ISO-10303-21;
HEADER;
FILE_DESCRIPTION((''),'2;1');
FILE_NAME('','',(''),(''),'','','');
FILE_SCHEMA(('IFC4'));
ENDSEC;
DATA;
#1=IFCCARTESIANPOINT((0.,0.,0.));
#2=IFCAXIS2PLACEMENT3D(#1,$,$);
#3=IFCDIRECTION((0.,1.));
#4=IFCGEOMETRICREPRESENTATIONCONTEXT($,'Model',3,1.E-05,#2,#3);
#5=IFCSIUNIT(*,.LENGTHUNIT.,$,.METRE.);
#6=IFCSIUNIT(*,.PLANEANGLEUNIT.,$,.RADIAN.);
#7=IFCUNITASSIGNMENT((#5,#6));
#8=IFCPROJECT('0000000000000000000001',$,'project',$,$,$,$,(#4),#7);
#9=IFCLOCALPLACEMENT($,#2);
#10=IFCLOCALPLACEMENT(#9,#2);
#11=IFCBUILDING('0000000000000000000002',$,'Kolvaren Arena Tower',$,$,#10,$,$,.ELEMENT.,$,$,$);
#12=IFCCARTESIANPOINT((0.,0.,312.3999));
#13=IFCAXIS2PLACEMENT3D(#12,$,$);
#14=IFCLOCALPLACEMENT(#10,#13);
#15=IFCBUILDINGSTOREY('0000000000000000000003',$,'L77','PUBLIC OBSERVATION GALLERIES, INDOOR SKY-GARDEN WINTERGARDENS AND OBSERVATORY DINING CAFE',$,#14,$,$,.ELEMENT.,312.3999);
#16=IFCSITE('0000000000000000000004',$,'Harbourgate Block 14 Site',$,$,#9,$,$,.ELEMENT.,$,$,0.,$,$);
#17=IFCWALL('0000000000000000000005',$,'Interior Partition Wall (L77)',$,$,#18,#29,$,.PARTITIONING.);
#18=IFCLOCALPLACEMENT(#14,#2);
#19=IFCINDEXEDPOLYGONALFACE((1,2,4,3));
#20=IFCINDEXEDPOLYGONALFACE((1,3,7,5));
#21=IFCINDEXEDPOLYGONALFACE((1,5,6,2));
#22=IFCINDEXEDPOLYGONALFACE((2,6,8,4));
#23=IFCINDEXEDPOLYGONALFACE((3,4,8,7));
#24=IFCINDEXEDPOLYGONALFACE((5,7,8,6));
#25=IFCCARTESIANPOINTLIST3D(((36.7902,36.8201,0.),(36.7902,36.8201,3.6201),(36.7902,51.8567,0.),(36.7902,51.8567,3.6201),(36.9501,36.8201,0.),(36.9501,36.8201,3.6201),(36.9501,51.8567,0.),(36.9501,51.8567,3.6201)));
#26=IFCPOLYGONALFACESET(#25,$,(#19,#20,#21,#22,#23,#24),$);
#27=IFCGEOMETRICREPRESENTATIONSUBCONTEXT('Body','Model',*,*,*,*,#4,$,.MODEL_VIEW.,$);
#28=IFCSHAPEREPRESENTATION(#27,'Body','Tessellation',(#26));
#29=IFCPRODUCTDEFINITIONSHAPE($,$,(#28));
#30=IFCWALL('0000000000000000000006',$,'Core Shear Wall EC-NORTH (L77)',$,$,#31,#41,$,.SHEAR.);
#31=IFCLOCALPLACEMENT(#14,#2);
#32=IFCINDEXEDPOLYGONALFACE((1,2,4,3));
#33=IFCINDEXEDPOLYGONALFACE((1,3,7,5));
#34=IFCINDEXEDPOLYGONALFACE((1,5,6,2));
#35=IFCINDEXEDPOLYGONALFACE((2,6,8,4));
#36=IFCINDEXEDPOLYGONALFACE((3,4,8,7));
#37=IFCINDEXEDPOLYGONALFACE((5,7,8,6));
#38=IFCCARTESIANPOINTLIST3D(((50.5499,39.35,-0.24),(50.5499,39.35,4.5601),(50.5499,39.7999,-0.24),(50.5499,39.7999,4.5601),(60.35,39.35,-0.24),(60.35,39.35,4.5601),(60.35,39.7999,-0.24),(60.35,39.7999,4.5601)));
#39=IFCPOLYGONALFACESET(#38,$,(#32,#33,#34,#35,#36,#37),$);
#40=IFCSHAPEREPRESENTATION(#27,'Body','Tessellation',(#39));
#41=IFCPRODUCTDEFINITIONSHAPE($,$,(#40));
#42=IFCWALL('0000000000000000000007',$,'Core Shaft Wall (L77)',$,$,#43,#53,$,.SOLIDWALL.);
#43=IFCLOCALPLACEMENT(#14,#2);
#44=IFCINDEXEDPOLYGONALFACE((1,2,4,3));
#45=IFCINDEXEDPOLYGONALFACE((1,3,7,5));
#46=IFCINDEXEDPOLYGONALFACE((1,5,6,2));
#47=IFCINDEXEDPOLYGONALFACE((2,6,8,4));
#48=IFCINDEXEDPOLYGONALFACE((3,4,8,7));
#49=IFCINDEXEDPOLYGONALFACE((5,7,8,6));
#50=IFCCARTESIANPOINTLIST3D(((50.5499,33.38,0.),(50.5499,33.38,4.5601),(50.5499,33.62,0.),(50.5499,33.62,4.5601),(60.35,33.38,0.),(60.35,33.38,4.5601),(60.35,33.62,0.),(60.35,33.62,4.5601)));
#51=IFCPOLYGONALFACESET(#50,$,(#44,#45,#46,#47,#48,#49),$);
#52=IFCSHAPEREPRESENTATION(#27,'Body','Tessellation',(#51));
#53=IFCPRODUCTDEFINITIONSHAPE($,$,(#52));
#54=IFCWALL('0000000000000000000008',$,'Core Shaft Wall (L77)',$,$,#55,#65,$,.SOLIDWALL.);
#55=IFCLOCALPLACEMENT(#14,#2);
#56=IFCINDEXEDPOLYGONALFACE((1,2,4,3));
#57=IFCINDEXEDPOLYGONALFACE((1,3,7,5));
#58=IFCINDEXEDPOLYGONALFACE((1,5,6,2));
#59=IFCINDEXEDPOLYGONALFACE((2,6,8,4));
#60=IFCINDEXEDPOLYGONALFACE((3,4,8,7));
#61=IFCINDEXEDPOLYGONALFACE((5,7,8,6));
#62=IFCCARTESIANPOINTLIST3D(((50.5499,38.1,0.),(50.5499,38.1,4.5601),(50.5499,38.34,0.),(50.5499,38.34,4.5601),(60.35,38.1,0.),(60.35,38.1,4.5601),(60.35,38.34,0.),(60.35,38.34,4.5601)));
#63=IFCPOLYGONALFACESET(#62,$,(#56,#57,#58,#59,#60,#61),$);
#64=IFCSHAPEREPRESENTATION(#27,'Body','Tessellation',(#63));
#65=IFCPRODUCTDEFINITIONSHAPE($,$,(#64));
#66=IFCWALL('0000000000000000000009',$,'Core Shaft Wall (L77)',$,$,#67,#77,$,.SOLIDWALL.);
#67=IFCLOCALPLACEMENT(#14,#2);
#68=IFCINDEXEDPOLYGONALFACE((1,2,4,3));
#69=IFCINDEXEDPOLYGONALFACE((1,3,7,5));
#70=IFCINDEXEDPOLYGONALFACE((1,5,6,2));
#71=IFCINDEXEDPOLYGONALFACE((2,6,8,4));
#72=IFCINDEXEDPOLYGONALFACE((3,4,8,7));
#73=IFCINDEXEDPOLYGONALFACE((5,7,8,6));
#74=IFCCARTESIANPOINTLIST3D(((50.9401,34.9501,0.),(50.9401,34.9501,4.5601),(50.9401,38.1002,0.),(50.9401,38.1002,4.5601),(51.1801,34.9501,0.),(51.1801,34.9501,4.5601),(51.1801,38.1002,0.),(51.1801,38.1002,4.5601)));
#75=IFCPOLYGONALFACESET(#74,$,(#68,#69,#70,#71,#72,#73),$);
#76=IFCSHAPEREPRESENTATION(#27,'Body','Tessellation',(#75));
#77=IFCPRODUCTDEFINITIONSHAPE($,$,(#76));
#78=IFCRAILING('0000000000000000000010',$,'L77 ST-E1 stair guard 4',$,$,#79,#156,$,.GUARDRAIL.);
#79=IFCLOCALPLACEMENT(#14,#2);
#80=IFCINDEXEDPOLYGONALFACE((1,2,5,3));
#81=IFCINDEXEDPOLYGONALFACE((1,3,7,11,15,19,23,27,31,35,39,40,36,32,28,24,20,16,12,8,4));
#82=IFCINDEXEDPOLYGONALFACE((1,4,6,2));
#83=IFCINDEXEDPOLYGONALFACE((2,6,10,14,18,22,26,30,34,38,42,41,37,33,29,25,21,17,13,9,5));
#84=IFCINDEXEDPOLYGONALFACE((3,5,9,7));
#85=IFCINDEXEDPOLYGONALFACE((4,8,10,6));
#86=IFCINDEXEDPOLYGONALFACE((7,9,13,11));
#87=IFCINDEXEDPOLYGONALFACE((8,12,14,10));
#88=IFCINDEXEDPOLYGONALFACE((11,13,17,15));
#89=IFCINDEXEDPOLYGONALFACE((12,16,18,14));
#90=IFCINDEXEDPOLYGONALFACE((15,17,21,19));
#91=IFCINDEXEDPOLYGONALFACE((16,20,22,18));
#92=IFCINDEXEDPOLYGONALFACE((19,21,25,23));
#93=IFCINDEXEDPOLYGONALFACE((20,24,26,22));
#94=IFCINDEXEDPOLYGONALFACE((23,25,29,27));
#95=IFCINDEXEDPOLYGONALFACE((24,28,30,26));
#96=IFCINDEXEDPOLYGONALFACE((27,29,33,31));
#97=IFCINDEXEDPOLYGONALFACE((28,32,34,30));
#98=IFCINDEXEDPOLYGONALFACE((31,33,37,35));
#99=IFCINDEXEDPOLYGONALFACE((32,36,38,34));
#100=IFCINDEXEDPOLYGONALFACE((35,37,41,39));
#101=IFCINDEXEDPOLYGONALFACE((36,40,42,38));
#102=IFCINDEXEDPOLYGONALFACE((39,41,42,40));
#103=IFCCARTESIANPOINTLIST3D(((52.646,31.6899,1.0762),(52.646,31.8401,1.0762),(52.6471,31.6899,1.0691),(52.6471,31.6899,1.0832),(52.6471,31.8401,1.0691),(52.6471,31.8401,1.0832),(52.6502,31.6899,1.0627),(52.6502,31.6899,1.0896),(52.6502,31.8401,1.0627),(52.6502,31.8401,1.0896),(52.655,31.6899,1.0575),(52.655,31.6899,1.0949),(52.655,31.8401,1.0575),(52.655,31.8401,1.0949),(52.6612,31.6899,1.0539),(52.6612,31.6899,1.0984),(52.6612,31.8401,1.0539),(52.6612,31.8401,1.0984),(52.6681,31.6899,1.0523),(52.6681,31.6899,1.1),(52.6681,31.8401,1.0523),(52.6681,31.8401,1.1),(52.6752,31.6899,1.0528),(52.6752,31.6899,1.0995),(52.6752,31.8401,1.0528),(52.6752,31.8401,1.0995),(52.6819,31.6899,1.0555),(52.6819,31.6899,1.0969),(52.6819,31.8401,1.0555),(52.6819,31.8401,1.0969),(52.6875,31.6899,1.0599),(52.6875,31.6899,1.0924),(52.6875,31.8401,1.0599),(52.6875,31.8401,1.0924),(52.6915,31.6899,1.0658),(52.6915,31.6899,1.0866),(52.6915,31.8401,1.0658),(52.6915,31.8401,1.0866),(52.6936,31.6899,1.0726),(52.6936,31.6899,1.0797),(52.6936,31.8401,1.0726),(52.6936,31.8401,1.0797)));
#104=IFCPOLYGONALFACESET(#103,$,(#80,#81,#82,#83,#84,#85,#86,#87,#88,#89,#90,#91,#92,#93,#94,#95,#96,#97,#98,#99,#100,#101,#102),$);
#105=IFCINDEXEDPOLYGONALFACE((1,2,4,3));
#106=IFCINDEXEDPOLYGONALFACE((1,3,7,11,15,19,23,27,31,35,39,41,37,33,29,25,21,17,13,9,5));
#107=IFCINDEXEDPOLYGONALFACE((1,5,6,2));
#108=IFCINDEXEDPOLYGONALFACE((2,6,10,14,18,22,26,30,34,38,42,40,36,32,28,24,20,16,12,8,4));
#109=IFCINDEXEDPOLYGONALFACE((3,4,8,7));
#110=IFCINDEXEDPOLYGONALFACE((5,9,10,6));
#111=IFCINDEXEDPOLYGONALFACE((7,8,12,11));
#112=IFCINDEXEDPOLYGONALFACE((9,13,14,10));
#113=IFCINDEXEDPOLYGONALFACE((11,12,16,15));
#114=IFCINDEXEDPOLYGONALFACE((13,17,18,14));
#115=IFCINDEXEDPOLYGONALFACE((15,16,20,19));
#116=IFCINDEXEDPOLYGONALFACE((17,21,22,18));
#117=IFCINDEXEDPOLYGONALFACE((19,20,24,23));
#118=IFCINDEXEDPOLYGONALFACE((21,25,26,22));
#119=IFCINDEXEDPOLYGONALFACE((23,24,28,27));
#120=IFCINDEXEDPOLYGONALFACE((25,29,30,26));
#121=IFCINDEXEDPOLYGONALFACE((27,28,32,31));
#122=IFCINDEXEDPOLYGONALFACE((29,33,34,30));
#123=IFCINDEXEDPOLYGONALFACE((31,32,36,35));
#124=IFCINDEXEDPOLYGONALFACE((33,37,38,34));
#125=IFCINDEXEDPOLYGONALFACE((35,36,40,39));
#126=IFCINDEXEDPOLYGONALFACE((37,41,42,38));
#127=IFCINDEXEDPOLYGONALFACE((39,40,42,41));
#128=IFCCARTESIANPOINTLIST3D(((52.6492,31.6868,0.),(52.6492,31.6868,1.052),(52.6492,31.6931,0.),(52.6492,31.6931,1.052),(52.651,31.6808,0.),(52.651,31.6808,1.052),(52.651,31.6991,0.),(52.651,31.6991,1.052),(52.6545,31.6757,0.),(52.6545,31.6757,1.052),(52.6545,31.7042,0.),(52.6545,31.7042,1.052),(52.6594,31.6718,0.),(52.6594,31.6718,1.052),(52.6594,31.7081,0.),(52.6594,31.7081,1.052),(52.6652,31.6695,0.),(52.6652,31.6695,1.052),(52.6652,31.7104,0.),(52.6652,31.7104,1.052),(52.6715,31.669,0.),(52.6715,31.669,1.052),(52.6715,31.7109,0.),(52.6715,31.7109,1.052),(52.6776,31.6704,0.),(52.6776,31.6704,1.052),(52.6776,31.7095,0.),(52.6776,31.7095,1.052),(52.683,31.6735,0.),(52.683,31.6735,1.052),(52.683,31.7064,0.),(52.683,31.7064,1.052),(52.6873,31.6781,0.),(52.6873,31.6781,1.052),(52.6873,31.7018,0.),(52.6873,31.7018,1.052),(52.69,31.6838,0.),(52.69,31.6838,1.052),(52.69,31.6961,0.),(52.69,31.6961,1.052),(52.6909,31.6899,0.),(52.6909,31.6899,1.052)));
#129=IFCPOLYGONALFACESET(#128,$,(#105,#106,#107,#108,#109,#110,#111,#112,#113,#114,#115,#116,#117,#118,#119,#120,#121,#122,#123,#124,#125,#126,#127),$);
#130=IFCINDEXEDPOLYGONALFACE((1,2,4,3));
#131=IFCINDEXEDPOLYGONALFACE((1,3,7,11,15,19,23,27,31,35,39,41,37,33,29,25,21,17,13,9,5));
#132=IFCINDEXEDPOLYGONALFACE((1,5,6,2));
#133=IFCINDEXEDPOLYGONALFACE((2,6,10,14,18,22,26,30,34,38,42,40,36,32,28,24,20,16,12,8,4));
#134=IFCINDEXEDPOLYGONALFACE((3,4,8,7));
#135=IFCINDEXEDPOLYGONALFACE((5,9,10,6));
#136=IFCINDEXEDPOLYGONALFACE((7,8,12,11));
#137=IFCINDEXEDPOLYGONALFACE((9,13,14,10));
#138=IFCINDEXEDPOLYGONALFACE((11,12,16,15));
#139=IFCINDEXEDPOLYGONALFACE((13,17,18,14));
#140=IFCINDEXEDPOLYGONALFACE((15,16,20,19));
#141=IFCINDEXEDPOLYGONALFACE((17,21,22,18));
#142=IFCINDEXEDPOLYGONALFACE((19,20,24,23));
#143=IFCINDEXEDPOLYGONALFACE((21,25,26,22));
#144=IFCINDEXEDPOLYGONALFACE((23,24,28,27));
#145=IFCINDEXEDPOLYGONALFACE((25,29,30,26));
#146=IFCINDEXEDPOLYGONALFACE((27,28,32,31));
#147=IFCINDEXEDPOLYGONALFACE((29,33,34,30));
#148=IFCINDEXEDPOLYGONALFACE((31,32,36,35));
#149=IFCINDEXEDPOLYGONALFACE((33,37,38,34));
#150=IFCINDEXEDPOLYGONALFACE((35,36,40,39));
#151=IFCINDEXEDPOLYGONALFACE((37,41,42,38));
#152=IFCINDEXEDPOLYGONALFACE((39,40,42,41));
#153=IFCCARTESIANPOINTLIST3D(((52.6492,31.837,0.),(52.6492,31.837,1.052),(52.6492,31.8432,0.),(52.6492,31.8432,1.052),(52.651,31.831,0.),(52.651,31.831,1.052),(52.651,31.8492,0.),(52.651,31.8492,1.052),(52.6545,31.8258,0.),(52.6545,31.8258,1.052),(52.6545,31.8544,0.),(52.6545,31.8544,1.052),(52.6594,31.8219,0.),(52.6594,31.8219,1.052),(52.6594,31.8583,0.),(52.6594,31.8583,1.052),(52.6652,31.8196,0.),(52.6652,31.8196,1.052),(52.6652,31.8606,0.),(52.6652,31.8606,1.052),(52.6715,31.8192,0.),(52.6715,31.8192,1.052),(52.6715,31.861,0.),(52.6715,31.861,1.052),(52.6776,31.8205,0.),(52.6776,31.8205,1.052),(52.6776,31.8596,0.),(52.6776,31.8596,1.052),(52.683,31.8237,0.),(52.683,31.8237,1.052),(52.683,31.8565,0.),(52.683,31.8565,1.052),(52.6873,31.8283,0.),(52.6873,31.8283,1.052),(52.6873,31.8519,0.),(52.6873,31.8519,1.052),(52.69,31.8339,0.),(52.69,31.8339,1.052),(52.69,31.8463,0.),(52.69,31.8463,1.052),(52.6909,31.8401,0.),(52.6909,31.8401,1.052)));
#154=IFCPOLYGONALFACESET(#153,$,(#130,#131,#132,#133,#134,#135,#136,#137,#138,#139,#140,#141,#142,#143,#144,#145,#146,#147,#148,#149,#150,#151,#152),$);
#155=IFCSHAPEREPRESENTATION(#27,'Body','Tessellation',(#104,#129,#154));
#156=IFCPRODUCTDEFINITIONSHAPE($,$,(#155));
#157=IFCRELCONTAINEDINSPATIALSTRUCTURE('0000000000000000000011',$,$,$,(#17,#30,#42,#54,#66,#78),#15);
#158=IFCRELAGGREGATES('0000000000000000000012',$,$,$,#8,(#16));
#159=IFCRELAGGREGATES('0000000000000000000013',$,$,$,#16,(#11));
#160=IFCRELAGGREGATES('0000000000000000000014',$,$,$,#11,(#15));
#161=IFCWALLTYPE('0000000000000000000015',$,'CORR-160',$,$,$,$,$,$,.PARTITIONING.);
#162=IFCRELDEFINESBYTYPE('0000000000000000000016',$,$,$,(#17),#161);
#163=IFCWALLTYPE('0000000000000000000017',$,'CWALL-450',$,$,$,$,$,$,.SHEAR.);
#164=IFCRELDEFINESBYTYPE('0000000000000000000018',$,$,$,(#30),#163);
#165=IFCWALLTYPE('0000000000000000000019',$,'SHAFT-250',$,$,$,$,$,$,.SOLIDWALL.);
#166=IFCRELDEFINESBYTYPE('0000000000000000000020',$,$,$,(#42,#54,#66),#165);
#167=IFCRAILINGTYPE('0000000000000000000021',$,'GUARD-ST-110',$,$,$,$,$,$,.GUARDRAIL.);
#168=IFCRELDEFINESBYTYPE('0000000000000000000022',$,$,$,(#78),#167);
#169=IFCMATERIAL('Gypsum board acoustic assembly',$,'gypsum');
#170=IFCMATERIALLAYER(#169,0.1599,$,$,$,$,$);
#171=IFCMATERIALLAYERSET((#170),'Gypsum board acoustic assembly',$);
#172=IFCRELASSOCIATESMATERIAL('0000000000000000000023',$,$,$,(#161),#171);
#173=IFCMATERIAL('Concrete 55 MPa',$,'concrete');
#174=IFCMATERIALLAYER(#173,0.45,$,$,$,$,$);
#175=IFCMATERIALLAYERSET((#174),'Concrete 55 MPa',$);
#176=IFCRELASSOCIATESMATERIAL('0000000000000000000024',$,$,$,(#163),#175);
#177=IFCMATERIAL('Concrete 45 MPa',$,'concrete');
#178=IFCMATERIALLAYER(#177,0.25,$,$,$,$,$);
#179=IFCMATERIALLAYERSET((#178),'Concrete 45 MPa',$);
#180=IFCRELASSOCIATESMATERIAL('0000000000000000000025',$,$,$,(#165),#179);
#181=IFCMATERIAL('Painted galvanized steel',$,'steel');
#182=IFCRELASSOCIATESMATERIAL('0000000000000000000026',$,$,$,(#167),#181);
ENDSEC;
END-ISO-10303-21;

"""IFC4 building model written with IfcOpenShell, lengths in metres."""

from ifc_helpers import new_model, si_unit, direction, frame, frame_2d, origin, origin_2d, place, context, subcontext, project, spatial, rectangle, circle, extrude, material, layer, layer_set, type_object, element, save


model = new_model("IFC4")

# Units and contexts
model_context = context("Model", 3, precision=1e-05, world=origin(), true_north=direction((0.0, 1.0)))
body_context = subcontext(model_context, "Body", "Model", "MODEL_VIEW")
ifc_project = project(units=[si_unit("LENGTHUNIT", "METRE"), si_unit("PLANEANGLEUNIT", "RADIAN")], contexts=[model_context])

# Site, building, storey
site_placement = place(None, origin())
site = spatial("IfcSite", under=ifc_project, at=site_placement, Name="Harbourgate Block 14 Site", CompositionType="ELEMENT", RefElevation=0.0)
building_placement = place(site_placement, origin())
building = spatial("IfcBuilding", under=site, at=building_placement, Name="Kolvaren Arena Tower", CompositionType="ELEMENT")
storey_placement = place(building_placement, frame((0.0, 0.0, 312.3999)))
storey = spatial("IfcBuildingStorey", under=building, at=storey_placement, Name="L77", Description="PUBLIC OBSERVATION GALLERIES, INDOOR SKY-GARDEN WINTERGARDENS AND OBSERVATORY DINING CAFE", CompositionType="ELEMENT", Elevation=312.3999)

# Walls
ifc_material_1 = material(Name="Gypsum board acoustic assembly", Category="gypsum")
ifc_layer_1 = layer(ifc_material_1, 0.1599)
ifc_layer_set_1 = layer_set([ifc_layer_1], Name="Gypsum board acoustic assembly")
wall_type_1 = type_object("IfcWallType", Name="CORR-160", PredefinedType="PARTITIONING", material=ifc_layer_set_1)
wall_1_placement = place(storey_placement, frame((36.8701, 36.8201, 0.0), z_axis=(0.0, 0.0, 1.0), x_axis=(0.0, 1.0, 0.0)))
element("IfcWall", 1, at=wall_1_placement, inside=storey, type_object=wall_type_1, Name="Interior Partition Wall (L77)", PredefinedType="PARTITIONING", context=body_context, shape_type="SweptSolid", body=[
    extrude(rectangle(XDim=15.0366, YDim=0.1599, at=frame_2d((7.5183, 0.0))), origin(), (0.0, 0.0, 1.0), 3.6201),
])
ifc_material_2 = material(Name="Concrete 55 MPa", Category="concrete")
ifc_layer_2 = layer(ifc_material_2, 0.45)
ifc_layer_set_2 = layer_set([ifc_layer_2], Name="Concrete 55 MPa")
wall_type_2 = type_object("IfcWallType", Name="CWALL-450", PredefinedType="SHEAR", material=ifc_layer_set_2)
wall_2_placement = place(storey_placement, frame((50.55, 39.575, -0.24), z_axis=(0.0, 0.0, 1.0), x_axis=(1.0, 0.0, 0.0)))
element("IfcWall", 2, at=wall_2_placement, inside=storey, type_object=wall_type_2, Name="Core Shear Wall EC-NORTH (L77)", PredefinedType="SHEAR", context=body_context, shape_type="SweptSolid", body=[
    extrude(rectangle(XDim=9.8, YDim=0.45, at=frame_2d((4.8999, 0.0))), origin(), (0.0, 0.0, 1.0), 4.8),
])
ifc_material_3 = material(Name="Concrete 45 MPa", Category="concrete")
ifc_layer_3 = layer(ifc_material_3, 0.25)
ifc_layer_set_3 = layer_set([ifc_layer_3], Name="Concrete 45 MPa")
wall_type_3 = type_object("IfcWallType", Name="SHAFT-250", PredefinedType="SOLIDWALL", material=ifc_layer_set_3)
for number, where, z_axis, x_axis, name in (
    (3, (50.55, 33.5, 0.0), (0.0, 0.0, 1.0), (1.0, 0.0, 0.0), "Core Shaft Wall (L77)"),
    (4, (50.55, 38.22, 0.0), (0.0, 0.0, 1.0), (1.0, 0.0, 0.0), "Core Shaft Wall (L77)"),
):
    element("IfcWall", number, at=place(storey_placement, frame(where, z_axis=z_axis, x_axis=x_axis)), inside=storey, type_object=wall_type_3, Name=name, PredefinedType="SOLIDWALL", context=body_context, shape_type="SweptSolid", body=[
        extrude(rectangle(XDim=9.8, YDim=0.24, at=frame_2d((4.8999, 0.0))), origin(), (0.0, 0.0, 1.0), 4.5601),
    ])
wall_3_placement = place(storey_placement, frame((51.0601, 34.95, 0.0), z_axis=(0.0, 0.0, 1.0), x_axis=(0.0, 1.0, 0.0)))
element("IfcWall", 5, at=wall_3_placement, inside=storey, type_object=wall_type_3, Name="Core Shaft Wall (L77)", PredefinedType="SOLIDWALL", context=body_context, shape_type="SweptSolid", body=[
    extrude(rectangle(XDim=3.1501, YDim=0.24, at=frame_2d((1.5752, 0.0))), origin(), (0.0, 0.0, 1.0), 4.5601),
])

# Railing
ifc_material_4 = material(Name="Painted galvanized steel", Category="steel")
railing_type_1 = type_object("IfcRailingType", Name="GUARD-ST-110", PredefinedType="GUARDRAIL", material=ifc_material_4)
for number, where, name in (
    (6, (52.6699, 31.6899, 0.0), "L77 ST-E1 stair guard 4"),
):
    element("IfcRailing", number, at=place(storey_placement, frame(where)), inside=storey, type_object=railing_type_1, Name=name, PredefinedType="GUARDRAIL", context=body_context, shape_type="SweptSolid", body=[
        extrude(circle(Radius=0.0239, at=origin_2d()), frame((0.0, 0.0, 1.0762), z_axis=(0.0, 1.0, 0.0), x_axis=(-1.0, 0.0, 0.0)), (0.0, 0.0, 1.0), 0.1501),
        extrude(circle(Radius=0.021, at=origin_2d()), origin(), (0.0, 0.0, 1.0), 1.052),
        extrude(circle(Radius=0.021, at=origin_2d()), frame((0.0, 0.1501, 0.0)), (0.0, 0.0, 1.0), 1.052),
    ])

save(model, "model.ifc")
